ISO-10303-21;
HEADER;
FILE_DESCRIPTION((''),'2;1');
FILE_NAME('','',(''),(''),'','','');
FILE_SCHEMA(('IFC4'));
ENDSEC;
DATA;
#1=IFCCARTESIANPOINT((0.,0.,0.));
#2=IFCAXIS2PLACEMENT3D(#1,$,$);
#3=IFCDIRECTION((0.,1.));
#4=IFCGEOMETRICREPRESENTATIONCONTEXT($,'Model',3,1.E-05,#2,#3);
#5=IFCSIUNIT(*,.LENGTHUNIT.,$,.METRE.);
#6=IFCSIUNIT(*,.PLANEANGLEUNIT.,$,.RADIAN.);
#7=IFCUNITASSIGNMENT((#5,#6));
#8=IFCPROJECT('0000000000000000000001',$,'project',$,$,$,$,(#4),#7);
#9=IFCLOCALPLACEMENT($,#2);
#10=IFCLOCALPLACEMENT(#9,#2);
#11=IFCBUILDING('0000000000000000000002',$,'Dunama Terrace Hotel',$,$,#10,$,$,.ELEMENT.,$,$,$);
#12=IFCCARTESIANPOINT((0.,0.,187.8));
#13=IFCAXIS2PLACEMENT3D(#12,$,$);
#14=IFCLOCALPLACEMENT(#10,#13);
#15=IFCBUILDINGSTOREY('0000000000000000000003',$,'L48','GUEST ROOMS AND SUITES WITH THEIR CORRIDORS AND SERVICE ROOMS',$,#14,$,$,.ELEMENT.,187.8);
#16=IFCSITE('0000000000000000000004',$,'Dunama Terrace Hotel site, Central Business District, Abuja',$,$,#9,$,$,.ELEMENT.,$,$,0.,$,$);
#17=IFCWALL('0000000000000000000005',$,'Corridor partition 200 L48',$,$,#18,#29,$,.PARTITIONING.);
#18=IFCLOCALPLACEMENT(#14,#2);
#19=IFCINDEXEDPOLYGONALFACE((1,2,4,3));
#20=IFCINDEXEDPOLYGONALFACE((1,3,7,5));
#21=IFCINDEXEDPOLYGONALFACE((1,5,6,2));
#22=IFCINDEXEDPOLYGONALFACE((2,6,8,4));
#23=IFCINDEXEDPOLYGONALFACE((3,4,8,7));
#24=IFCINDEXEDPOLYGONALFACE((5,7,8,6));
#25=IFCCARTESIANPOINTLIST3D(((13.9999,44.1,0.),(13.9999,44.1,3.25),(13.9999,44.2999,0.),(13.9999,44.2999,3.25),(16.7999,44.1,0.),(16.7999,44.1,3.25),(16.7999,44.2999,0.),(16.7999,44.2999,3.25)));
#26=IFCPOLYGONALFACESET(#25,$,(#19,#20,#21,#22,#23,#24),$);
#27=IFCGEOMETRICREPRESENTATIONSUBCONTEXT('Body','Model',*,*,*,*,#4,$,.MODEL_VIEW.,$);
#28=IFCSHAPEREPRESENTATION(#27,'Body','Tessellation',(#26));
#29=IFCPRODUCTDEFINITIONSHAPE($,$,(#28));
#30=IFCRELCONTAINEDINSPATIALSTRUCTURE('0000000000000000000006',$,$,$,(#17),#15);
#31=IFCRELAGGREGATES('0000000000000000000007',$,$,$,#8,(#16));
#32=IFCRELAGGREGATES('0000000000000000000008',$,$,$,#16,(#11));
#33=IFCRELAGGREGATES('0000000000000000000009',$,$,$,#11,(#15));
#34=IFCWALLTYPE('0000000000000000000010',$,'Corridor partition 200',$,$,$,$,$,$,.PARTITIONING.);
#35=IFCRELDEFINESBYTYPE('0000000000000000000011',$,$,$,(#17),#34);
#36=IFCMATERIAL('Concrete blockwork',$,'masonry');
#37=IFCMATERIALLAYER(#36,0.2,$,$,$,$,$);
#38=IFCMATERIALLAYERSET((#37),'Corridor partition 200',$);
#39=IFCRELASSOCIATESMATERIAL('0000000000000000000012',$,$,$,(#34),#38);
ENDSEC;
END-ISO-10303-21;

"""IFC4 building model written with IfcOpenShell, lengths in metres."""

from ifc_helpers import new_model, si_unit, direction, frame, frame_2d, origin, place, context, subcontext, project, spatial, rectangle, extrude, material, layer, layer_set, type_object, element, save


model = new_model("IFC4")

# Units and contexts
model_context = context("Model", 3, precision=1e-05, world=origin(), true_north=direction((0.0, 1.0)))
body_context = subcontext(model_context, "Body", "Model", "MODEL_VIEW")
ifc_project = project(units=[si_unit("LENGTHUNIT", "METRE"), si_unit("PLANEANGLEUNIT", "RADIAN")], contexts=[model_context])

# Site, building, storey
site_placement = place(None, origin())
site = spatial("IfcSite", under=ifc_project, at=site_placement, Name="Dunama Terrace Hotel site, Central Business District, Abuja", CompositionType="ELEMENT", RefElevation=0.0)
building_placement = place(site_placement, origin())
building = spatial("IfcBuilding", under=site, at=building_placement, Name="Dunama Terrace Hotel", CompositionType="ELEMENT")
storey_placement = place(building_placement, frame((0.0, 0.0, 187.8)))
storey = spatial("IfcBuildingStorey", under=building, at=storey_placement, Name="L48", Description="GUEST ROOMS AND SUITES WITH THEIR CORRIDORS AND SERVICE ROOMS", CompositionType="ELEMENT", Elevation=187.8)

# Wall
ifc_material_1 = material(Name="Concrete blockwork", Category="masonry")
ifc_layer_1 = layer(ifc_material_1, 0.2)
ifc_layer_set_1 = layer_set([ifc_layer_1], Name="Corridor partition 200")
wall_type_1 = type_object("IfcWallType", Name="Corridor partition 200", PredefinedType="PARTITIONING", material=ifc_layer_set_1)
wall_1_placement = place(storey_placement, frame((14.0, 44.2, 0.0), z_axis=(0.0, 0.0, 1.0), x_axis=(1.0, 0.0, 0.0)))
element("IfcWall", 1, at=wall_1_placement, inside=storey, type_object=wall_type_1, Name="Corridor partition 200 L48", PredefinedType="PARTITIONING", context=body_context, shape_type="SweptSolid", body=[
    extrude(rectangle(XDim=2.8, YDim=0.2, at=frame_2d((1.3999, 0.0))), origin(), (0.0, 0.0, 1.0), 3.25),
])

save(model, "model.ifc")
